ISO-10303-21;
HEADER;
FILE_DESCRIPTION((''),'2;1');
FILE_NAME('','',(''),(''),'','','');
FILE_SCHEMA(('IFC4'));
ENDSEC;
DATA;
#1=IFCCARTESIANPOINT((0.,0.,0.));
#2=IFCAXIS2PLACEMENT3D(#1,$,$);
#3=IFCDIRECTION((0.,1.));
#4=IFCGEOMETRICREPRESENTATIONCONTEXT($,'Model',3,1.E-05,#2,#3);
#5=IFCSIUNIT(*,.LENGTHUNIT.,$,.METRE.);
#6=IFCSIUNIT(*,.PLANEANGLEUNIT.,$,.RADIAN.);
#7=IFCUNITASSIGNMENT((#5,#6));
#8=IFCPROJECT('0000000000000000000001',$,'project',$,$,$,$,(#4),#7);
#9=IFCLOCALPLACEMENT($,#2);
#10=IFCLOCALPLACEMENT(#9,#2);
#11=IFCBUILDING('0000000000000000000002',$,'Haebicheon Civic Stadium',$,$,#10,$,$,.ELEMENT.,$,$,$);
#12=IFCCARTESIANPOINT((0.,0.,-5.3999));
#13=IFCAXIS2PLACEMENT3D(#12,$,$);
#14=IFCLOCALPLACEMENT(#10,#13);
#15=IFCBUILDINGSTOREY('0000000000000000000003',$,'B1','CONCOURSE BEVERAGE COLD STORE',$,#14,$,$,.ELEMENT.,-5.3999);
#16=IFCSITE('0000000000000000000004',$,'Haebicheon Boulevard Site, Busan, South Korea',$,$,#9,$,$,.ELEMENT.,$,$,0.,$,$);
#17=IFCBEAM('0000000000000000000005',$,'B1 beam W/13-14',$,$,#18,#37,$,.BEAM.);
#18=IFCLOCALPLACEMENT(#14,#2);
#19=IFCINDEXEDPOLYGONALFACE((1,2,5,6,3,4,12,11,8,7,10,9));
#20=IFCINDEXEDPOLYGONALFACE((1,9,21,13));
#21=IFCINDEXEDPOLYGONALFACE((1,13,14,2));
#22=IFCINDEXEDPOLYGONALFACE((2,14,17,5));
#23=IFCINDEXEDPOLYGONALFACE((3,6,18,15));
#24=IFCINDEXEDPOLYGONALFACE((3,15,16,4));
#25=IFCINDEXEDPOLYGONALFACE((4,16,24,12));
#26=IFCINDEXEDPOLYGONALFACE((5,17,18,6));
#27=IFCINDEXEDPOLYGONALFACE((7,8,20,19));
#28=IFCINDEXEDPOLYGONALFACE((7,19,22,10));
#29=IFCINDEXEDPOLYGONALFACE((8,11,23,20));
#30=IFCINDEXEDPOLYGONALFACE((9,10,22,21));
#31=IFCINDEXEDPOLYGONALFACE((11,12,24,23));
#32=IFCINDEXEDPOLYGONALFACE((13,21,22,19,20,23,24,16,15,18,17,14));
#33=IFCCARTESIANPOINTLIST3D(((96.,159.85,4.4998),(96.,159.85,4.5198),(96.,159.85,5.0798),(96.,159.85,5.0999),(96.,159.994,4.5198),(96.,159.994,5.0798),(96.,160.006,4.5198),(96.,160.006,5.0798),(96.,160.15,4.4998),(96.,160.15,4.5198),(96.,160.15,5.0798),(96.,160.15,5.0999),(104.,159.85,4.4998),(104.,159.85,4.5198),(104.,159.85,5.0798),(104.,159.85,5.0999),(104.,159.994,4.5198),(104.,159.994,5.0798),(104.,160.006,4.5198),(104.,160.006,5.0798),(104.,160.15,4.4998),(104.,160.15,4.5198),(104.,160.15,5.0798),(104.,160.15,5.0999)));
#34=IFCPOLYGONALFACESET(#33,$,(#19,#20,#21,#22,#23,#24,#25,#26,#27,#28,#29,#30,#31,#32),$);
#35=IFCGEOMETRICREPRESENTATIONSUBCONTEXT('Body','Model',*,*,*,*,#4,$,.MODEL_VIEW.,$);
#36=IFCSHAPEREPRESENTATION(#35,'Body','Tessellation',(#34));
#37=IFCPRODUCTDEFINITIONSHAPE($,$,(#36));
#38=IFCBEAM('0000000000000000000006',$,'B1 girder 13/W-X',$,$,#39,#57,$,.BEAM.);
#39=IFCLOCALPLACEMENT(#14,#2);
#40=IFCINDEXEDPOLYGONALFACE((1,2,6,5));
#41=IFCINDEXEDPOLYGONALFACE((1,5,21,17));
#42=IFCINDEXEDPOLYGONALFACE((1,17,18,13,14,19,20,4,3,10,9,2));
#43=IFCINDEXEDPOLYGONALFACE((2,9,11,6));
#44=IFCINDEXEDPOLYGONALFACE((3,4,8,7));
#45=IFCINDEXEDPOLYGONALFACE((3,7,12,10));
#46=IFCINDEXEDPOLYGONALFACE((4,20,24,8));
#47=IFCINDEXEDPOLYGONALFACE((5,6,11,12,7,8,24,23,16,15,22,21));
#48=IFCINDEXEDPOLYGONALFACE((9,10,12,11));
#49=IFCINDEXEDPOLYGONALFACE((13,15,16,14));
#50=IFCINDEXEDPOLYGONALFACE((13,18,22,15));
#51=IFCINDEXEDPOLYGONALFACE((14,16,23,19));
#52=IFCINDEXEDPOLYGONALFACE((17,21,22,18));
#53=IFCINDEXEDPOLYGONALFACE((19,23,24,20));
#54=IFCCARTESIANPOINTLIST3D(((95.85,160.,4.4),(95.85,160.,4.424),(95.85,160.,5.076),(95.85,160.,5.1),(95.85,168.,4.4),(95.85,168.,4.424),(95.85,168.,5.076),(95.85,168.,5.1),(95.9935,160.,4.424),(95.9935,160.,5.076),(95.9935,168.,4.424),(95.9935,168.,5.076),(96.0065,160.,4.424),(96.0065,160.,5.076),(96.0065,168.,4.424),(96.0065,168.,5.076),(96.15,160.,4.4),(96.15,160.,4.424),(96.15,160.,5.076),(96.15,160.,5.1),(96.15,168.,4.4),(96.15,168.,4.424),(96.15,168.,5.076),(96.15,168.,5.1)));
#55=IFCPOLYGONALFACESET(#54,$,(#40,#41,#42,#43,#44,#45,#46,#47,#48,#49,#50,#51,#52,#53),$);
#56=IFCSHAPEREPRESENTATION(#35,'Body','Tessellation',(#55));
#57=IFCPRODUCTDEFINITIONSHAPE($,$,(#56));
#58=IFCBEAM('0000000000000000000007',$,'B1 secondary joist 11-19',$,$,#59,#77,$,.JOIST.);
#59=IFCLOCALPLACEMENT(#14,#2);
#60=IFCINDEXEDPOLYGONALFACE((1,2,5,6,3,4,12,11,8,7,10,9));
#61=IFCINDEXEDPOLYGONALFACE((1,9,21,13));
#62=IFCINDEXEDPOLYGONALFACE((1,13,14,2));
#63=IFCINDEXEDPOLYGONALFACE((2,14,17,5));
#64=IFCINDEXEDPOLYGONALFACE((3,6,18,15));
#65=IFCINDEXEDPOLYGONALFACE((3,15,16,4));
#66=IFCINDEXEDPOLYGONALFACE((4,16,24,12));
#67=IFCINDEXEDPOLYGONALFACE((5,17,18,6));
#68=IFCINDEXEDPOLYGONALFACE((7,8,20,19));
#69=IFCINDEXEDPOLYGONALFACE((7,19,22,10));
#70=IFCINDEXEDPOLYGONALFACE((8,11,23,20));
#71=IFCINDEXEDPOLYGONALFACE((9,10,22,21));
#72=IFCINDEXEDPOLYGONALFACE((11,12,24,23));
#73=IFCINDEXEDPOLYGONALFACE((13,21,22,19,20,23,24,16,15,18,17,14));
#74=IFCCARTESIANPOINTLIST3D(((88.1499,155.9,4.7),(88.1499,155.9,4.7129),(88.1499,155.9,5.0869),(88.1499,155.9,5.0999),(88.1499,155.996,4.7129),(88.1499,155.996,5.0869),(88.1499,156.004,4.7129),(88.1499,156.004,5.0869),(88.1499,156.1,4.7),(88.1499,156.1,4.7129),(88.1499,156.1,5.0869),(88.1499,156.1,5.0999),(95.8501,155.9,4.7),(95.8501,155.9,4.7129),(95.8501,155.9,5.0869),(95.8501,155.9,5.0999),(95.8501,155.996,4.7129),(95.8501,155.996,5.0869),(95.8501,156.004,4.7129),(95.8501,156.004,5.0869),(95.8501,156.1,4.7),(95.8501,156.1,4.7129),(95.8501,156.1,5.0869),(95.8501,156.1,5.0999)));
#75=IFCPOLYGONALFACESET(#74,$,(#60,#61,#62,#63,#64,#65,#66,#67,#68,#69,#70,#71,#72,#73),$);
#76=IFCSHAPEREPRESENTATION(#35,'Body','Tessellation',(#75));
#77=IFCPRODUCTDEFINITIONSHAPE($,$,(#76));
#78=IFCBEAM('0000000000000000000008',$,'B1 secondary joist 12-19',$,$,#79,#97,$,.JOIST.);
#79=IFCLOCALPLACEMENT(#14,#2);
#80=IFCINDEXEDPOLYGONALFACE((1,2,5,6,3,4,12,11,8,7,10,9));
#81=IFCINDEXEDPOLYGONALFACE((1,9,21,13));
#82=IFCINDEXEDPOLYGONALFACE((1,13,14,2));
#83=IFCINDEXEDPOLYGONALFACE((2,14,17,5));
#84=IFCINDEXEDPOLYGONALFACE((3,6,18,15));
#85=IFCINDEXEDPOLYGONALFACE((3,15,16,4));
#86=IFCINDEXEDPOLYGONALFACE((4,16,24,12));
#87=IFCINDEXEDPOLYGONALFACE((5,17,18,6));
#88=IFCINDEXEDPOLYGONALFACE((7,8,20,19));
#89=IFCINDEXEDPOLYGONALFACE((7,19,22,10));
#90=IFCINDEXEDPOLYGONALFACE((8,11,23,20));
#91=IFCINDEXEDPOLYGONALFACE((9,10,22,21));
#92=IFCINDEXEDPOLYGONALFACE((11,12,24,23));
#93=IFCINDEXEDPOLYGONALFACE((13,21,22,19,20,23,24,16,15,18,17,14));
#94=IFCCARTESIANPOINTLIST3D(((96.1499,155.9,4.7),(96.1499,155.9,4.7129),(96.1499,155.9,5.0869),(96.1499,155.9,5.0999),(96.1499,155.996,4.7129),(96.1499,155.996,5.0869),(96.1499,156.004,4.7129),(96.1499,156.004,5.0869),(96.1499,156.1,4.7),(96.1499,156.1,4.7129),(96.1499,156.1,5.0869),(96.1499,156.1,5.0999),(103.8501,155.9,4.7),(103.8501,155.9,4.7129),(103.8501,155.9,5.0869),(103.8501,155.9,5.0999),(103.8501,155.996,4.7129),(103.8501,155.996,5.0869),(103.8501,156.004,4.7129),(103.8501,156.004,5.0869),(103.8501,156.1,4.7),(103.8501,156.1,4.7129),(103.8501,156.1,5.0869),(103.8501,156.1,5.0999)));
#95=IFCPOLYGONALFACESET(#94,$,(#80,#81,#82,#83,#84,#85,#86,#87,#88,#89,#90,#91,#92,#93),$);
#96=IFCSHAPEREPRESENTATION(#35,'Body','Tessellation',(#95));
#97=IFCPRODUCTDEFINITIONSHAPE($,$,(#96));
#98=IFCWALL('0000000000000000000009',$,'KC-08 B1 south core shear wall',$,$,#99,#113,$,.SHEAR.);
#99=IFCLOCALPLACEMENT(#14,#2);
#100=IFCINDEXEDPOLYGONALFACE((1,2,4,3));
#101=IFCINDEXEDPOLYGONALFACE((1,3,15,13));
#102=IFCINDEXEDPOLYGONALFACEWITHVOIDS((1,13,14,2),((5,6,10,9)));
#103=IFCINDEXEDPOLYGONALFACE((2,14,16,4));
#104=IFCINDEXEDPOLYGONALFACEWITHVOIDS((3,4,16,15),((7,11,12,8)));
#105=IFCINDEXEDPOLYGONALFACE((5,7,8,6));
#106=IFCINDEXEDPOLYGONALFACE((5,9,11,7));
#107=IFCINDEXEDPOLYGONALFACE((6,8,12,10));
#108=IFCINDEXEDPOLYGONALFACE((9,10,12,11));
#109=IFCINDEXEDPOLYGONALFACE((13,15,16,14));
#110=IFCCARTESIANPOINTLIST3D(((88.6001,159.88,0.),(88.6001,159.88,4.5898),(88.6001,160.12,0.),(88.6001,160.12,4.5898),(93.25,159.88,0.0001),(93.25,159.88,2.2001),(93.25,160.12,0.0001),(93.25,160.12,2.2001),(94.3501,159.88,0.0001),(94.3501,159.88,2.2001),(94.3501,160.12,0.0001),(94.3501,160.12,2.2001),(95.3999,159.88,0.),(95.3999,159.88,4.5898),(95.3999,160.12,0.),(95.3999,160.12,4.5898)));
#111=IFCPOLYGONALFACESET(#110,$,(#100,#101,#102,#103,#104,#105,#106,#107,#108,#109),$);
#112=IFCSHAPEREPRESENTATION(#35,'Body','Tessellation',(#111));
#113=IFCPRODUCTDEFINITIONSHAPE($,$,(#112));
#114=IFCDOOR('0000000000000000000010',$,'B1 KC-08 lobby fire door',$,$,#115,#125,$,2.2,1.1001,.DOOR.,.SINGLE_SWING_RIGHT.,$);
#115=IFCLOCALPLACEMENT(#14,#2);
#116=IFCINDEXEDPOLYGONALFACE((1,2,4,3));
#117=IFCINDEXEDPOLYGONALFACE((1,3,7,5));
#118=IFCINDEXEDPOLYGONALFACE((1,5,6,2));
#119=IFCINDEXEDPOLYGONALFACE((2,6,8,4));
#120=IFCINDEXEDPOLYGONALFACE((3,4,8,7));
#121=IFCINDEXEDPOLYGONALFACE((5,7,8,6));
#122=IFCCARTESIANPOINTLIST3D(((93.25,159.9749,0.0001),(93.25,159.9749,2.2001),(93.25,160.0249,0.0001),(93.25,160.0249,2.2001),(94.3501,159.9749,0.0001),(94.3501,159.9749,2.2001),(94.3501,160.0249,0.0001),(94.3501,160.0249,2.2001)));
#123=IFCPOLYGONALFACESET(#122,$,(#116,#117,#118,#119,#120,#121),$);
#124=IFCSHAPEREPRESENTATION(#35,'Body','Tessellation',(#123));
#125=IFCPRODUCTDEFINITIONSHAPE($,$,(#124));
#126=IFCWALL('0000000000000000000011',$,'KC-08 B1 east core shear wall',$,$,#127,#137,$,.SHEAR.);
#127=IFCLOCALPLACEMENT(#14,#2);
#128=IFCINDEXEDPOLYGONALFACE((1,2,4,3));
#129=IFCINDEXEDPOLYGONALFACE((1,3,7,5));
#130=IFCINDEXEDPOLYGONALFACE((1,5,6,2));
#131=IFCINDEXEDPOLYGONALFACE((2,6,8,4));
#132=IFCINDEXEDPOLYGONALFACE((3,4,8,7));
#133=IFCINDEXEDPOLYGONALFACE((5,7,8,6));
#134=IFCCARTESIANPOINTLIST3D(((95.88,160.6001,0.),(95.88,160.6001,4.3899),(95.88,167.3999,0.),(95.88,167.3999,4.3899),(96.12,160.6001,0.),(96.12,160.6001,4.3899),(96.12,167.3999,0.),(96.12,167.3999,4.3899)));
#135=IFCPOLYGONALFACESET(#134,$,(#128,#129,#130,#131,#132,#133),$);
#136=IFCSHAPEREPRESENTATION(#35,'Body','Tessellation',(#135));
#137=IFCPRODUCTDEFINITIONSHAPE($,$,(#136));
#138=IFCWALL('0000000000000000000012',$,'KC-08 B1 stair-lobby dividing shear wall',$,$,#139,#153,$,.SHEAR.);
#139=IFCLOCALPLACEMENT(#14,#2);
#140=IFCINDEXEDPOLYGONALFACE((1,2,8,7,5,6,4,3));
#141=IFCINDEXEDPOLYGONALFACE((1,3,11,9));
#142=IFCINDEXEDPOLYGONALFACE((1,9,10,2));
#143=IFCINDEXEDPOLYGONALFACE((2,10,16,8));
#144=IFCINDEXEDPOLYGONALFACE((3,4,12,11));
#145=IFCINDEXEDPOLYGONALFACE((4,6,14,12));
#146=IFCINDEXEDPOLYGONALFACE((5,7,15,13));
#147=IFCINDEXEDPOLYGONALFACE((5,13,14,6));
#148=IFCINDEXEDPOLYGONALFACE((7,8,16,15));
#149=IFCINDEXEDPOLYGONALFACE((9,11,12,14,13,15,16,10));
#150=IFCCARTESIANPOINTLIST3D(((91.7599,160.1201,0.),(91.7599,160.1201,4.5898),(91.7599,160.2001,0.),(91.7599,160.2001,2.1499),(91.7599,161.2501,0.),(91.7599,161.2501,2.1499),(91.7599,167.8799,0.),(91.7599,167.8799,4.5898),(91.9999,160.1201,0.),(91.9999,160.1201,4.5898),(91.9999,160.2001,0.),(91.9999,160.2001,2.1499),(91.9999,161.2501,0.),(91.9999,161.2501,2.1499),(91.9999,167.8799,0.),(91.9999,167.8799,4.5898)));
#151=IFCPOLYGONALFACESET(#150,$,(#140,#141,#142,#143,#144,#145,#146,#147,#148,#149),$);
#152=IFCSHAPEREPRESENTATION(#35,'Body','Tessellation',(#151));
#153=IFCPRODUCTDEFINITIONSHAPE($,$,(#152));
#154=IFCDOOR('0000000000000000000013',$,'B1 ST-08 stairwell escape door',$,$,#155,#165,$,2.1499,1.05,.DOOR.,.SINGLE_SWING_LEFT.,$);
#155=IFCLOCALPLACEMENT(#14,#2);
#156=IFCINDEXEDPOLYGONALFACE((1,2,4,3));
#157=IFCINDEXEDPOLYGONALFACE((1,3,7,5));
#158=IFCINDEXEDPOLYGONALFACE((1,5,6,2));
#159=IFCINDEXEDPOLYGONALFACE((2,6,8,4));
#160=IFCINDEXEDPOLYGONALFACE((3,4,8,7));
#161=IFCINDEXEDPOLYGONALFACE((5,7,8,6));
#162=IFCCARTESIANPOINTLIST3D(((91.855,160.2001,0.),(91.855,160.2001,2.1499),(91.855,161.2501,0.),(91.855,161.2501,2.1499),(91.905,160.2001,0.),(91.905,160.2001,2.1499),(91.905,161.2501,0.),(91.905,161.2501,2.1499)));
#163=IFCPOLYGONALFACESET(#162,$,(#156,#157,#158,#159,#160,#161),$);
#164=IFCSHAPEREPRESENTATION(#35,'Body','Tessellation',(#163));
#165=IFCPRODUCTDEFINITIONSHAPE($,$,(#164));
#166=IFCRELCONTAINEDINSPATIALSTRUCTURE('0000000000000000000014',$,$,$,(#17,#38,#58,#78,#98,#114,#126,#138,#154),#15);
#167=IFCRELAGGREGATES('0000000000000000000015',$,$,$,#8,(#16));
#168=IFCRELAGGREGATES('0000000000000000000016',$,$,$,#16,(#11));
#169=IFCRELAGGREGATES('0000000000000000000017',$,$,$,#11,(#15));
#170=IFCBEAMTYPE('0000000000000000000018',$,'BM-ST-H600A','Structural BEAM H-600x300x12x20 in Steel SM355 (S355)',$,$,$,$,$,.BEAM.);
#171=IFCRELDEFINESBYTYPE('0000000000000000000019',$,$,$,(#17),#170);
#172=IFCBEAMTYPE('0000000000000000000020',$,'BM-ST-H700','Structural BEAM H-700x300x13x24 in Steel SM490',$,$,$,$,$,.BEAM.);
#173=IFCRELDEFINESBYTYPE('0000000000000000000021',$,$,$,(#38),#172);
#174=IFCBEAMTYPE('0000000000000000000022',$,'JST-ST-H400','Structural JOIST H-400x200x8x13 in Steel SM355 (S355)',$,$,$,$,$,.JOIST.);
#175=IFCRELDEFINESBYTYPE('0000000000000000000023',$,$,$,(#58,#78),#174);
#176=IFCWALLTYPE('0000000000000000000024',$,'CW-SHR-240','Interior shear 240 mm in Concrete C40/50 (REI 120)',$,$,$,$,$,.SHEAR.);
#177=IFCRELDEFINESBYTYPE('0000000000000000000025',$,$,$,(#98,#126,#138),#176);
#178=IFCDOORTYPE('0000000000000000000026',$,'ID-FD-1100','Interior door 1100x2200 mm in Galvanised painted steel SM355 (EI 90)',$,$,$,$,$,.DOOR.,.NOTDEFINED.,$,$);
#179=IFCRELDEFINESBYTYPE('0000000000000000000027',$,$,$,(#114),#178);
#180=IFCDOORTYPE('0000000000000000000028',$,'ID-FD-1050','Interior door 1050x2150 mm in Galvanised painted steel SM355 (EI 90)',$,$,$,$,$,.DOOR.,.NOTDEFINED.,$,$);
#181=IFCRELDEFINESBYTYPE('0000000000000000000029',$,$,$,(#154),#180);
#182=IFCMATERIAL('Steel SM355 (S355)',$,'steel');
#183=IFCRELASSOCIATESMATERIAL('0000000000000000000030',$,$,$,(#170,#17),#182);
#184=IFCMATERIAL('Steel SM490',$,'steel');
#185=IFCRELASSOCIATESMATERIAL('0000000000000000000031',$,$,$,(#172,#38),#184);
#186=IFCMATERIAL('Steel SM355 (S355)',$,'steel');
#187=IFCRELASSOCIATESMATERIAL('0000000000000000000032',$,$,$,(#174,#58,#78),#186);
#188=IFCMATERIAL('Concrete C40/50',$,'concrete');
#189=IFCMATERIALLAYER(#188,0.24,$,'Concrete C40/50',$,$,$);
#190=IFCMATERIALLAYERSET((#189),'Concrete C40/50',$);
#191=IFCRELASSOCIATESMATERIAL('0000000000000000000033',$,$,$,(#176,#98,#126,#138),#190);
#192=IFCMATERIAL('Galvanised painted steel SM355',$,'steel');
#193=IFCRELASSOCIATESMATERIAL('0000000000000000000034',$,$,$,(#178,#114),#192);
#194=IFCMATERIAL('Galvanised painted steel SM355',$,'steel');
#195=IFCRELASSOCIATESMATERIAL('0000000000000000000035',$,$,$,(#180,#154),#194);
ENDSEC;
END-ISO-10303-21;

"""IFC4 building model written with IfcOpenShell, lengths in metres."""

from ifc_helpers import new_model, si_unit, direction, frame, frame_2d, origin, origin_2d, place, context, subcontext, project, spatial, rectangle, i_section, extrude, material, layer, layer_set, material_profile, profile_set, type_object, element, fill, save


model = new_model("IFC4")

# Units and contexts
model_context = context("Model", 3, precision=1e-05, world=origin(), true_north=direction((0.0, 1.0)))
body_context = subcontext(model_context, "Body", "Model", "MODEL_VIEW")
ifc_project = project(units=[si_unit("LENGTHUNIT", "METRE"), si_unit("PLANEANGLEUNIT", "RADIAN")], contexts=[model_context])

# Site, building, storey
site_placement = place(None, origin())
site = spatial("IfcSite", under=ifc_project, at=site_placement, Name="Haebicheon Boulevard Site, Busan, South Korea", CompositionType="ELEMENT", RefElevation=0.0)
building_placement = place(site_placement, origin())
building = spatial("IfcBuilding", under=site, at=building_placement, Name="Haebicheon Civic Stadium", CompositionType="ELEMENT")
storey_placement = place(building_placement, frame((0.0, 0.0, -5.3999)))
storey = spatial("IfcBuildingStorey", under=building, at=storey_placement, Name="B1", Description="CONCOURSE BEVERAGE COLD STORE", CompositionType="ELEMENT", Elevation=-5.3999)

# Beams
ifc_material_1 = material(Name="Steel SM355 (S355)", Category="steel")
ifc_material_profile_1 = material_profile(ifc_material_1, i_section(OverallWidth=0.3, OverallDepth=0.6001, WebThickness=0.012, FlangeThickness=0.02, at=origin_2d()), Name="H-600x300x12x20")
ifc_profile_set_1 = profile_set([ifc_material_profile_1], Name="Steel SM355 (S355)")
beam_type_1 = type_object("IfcBeamType", Name="BM-ST-H600A", Description="Structural BEAM H-600x300x12x20 in Steel SM355 (S355)", PredefinedType="BEAM", material=ifc_profile_set_1)
beam_1_placement = place(storey_placement, frame((96.0, 160.0, 4.7998), z_axis=(1.0, 0.0, 0.0), x_axis=(0.0, 1.0, 0.0)))
element("IfcBeam", 1, at=beam_1_placement, inside=storey, type_object=beam_type_1, material=ifc_profile_set_1, Name="B1 beam W/13-14", PredefinedType="BEAM", context=body_context, shape_type="SweptSolid", body=[
    extrude(i_section(OverallWidth=0.3, OverallDepth=0.6001, WebThickness=0.012, FlangeThickness=0.02, at=origin_2d()), origin(), (0.0, 0.0, 1.0), 8.0),
])
ifc_material_2 = material(Name="Steel SM490", Category="steel")
ifc_material_profile_2 = material_profile(ifc_material_2, i_section(OverallWidth=0.3, OverallDepth=0.7, WebThickness=0.0129, FlangeThickness=0.0239, at=origin_2d()), Name="H-700x300x13x24")
ifc_profile_set_2 = profile_set([ifc_material_profile_2], Name="Steel SM490")
beam_type_2 = type_object("IfcBeamType", Name="BM-ST-H700", Description="Structural BEAM H-700x300x13x24 in Steel SM490", PredefinedType="BEAM", material=ifc_profile_set_2)
beam_2_placement = place(storey_placement, frame((96.0, 160.0, 4.75), z_axis=(0.0, 1.0, 0.0), x_axis=(-1.0, 0.0, 0.0)))
element("IfcBeam", 2, at=beam_2_placement, inside=storey, type_object=beam_type_2, material=ifc_profile_set_2, Name="B1 girder 13/W-X", PredefinedType="BEAM", context=body_context, shape_type="SweptSolid", body=[
    extrude(i_section(OverallWidth=0.3, OverallDepth=0.7, WebThickness=0.0129, FlangeThickness=0.0239, at=origin_2d()), origin(), (0.0, 0.0, 1.0), 8.0),
])
ifc_material_3 = material(Name="Steel SM355 (S355)", Category="steel")
ifc_material_profile_3 = material_profile(ifc_material_3, i_section(OverallWidth=0.2, OverallDepth=0.3999, WebThickness=0.0081, FlangeThickness=0.0129, at=origin_2d()), Name="H-400x200x8x13")
ifc_profile_set_3 = profile_set([ifc_material_profile_3], Name="Steel SM355 (S355)")
beam_type_3 = type_object("IfcBeamType", Name="JST-ST-H400", Description="Structural JOIST H-400x200x8x13 in Steel SM355 (S355)", PredefinedType="JOIST", material=ifc_profile_set_3)
for number, where, z_axis, x_axis, name in (
    (3, (88.1499, 156.0, 4.8999), (1.0, 0.0, 0.0), (0.0, 1.0, 0.0), "B1 secondary joist 11-19"),
    (4, (96.1499, 156.0, 4.8999), (1.0, 0.0, 0.0), (0.0, 1.0, 0.0), "B1 secondary joist 12-19"),
):
    element("IfcBeam", number, at=place(storey_placement, frame(where, z_axis=z_axis, x_axis=x_axis)), inside=storey, type_object=beam_type_3, material=ifc_profile_set_3, Name=name, PredefinedType="JOIST", context=body_context, shape_type="SweptSolid", body=[
        extrude(i_section(OverallWidth=0.2, OverallDepth=0.3999, WebThickness=0.0081, FlangeThickness=0.0129, at=origin_2d()), origin(), (0.0, 0.0, 1.0), 7.7002),
    ])

# Wall, opening, door
ifc_material_4 = material(Name="Concrete C40/50", Category="concrete")
ifc_layer_1 = layer(ifc_material_4, 0.24, Name="Concrete C40/50")
ifc_layer_set_1 = layer_set([ifc_layer_1], Name="Concrete C40/50")
wall_type_1 = type_object("IfcWallType", Name="CW-SHR-240", Description="Interior shear 240 mm in Concrete C40/50 (REI 120)", PredefinedType="SHEAR", material=ifc_layer_set_1)
wall_1_placement = place(storey_placement, frame((88.6001, 160.0, 0.0), z_axis=(0.0, 0.0, 1.0), x_axis=(1.0, 0.0, 0.0)))
wall_1 = element("IfcWall", 5, at=wall_1_placement, inside=storey, type_object=wall_type_1, material=ifc_layer_set_1, Name="KC-08 B1 south core shear wall", PredefinedType="SHEAR", context=body_context, shape_type="SweptSolid", body=[
    extrude(rectangle(XDim=6.7998, YDim=0.24, at=frame_2d((3.3999, 0.0))), origin(), (0.0, 0.0, 1.0), 4.5898),
])
opening_1_placement = place(wall_1_placement, frame((4.6499, 0.0, 0.0)))
opening_1 = element("IfcOpeningElement", 6, at=opening_1_placement, cuts=wall_1, PredefinedType="OPENING", context=body_context, shape_type="SweptSolid", body=[
    extrude(rectangle(XDim=1.1001, YDim=2.2, at=frame_2d((0.55, 1.1001))), frame((0.0, 0.1299, 0.0), z_axis=(0.0, -1.0, 0.0), x_axis=(1.0, 0.0, 0.0)), (0.0, 0.0, 1.0), 0.26),
])
ifc_material_5 = material(Name="Galvanised painted steel SM355", Category="steel")
door_type_1 = type_object("IfcDoorType", Name="ID-FD-1100", Description="Interior door 1100x2200 mm in Galvanised painted steel SM355 (EI 90)", OperationType="NOTDEFINED", PredefinedType="DOOR", material=ifc_material_5)
door_1_placement = place(opening_1_placement, origin())
door_1 = element("IfcDoor", 7, at=door_1_placement, inside=storey, type_object=door_type_1, material=ifc_material_5, Name="B1 KC-08 lobby fire door", OperationType="SINGLE_SWING_RIGHT", OverallHeight=2.2, OverallWidth=1.1001, PredefinedType="DOOR", context=body_context, shape_type="SweptSolid", body=[
    extrude(rectangle(XDim=1.1001, YDim=2.2, at=frame_2d((0.55, 1.1001))), frame((0.0, 0.0249, 0.0), z_axis=(0.0, -1.0, 0.0), x_axis=(1.0, 0.0, 0.0)), (0.0, 0.0, 1.0), 0.05),
])
fill(opening_1, door_1)

# Wall
wall_2_placement = place(storey_placement, frame((96.0, 160.6001, 0.0), z_axis=(0.0, 0.0, 1.0), x_axis=(0.0, 1.0, 0.0)))
element("IfcWall", 8, at=wall_2_placement, inside=storey, type_object=wall_type_1, material=ifc_layer_set_1, Name="KC-08 B1 east core shear wall", PredefinedType="SHEAR", context=body_context, shape_type="SweptSolid", body=[
    extrude(rectangle(XDim=6.7998, YDim=0.24, at=frame_2d((3.3999, 0.0))), origin(), (0.0, 0.0, 1.0), 4.3899),
])

# Wall, opening, door
wall_3_placement = place(storey_placement, frame((91.8799, 160.1201, 0.0), z_axis=(0.0, 0.0, 1.0), x_axis=(0.0, 1.0, 0.0)))
wall_3 = element("IfcWall", 9, at=wall_3_placement, inside=storey, type_object=wall_type_1, material=ifc_layer_set_1, Name="KC-08 B1 stair-lobby dividing shear wall", PredefinedType="SHEAR", context=body_context, shape_type="SweptSolid", body=[
    extrude(rectangle(XDim=7.7598, YDim=0.24, at=frame_2d((3.8799, 0.0))), origin(), (0.0, 0.0, 1.0), 4.5898),
])
opening_2_placement = place(wall_3_placement, frame((0.0801, 0.0, 0.0)))
opening_2 = element("IfcOpeningElement", 10, at=opening_2_placement, cuts=wall_3, PredefinedType="OPENING", context=body_context, shape_type="SweptSolid", body=[
    extrude(rectangle(XDim=1.05, YDim=2.1499, at=frame_2d((0.5249, 1.075))), frame((0.0, 0.1299, 0.0), z_axis=(0.0, -1.0, 0.0), x_axis=(1.0, 0.0, 0.0)), (0.0, 0.0, 1.0), 0.26),
])
ifc_material_6 = material(Name="Galvanised painted steel SM355", Category="steel")
door_type_2 = type_object("IfcDoorType", Name="ID-FD-1050", Description="Interior door 1050x2150 mm in Galvanised painted steel SM355 (EI 90)", OperationType="NOTDEFINED", PredefinedType="DOOR", material=ifc_material_6)
door_2_placement = place(opening_2_placement, origin())
door_2 = element("IfcDoor", 11, at=door_2_placement, inside=storey, type_object=door_type_2, material=ifc_material_6, Name="B1 ST-08 stairwell escape door", OperationType="SINGLE_SWING_LEFT", OverallHeight=2.1499, OverallWidth=1.05, PredefinedType="DOOR", context=body_context, shape_type="SweptSolid", body=[
    extrude(rectangle(XDim=1.05, YDim=2.1499, at=frame_2d((0.5249, 1.075))), frame((0.0, 0.0249, 0.0), z_axis=(0.0, -1.0, 0.0), x_axis=(1.0, 0.0, 0.0)), (0.0, 0.0, 1.0), 0.05),
])
fill(opening_2, door_2)

save(model, "model.ifc")
